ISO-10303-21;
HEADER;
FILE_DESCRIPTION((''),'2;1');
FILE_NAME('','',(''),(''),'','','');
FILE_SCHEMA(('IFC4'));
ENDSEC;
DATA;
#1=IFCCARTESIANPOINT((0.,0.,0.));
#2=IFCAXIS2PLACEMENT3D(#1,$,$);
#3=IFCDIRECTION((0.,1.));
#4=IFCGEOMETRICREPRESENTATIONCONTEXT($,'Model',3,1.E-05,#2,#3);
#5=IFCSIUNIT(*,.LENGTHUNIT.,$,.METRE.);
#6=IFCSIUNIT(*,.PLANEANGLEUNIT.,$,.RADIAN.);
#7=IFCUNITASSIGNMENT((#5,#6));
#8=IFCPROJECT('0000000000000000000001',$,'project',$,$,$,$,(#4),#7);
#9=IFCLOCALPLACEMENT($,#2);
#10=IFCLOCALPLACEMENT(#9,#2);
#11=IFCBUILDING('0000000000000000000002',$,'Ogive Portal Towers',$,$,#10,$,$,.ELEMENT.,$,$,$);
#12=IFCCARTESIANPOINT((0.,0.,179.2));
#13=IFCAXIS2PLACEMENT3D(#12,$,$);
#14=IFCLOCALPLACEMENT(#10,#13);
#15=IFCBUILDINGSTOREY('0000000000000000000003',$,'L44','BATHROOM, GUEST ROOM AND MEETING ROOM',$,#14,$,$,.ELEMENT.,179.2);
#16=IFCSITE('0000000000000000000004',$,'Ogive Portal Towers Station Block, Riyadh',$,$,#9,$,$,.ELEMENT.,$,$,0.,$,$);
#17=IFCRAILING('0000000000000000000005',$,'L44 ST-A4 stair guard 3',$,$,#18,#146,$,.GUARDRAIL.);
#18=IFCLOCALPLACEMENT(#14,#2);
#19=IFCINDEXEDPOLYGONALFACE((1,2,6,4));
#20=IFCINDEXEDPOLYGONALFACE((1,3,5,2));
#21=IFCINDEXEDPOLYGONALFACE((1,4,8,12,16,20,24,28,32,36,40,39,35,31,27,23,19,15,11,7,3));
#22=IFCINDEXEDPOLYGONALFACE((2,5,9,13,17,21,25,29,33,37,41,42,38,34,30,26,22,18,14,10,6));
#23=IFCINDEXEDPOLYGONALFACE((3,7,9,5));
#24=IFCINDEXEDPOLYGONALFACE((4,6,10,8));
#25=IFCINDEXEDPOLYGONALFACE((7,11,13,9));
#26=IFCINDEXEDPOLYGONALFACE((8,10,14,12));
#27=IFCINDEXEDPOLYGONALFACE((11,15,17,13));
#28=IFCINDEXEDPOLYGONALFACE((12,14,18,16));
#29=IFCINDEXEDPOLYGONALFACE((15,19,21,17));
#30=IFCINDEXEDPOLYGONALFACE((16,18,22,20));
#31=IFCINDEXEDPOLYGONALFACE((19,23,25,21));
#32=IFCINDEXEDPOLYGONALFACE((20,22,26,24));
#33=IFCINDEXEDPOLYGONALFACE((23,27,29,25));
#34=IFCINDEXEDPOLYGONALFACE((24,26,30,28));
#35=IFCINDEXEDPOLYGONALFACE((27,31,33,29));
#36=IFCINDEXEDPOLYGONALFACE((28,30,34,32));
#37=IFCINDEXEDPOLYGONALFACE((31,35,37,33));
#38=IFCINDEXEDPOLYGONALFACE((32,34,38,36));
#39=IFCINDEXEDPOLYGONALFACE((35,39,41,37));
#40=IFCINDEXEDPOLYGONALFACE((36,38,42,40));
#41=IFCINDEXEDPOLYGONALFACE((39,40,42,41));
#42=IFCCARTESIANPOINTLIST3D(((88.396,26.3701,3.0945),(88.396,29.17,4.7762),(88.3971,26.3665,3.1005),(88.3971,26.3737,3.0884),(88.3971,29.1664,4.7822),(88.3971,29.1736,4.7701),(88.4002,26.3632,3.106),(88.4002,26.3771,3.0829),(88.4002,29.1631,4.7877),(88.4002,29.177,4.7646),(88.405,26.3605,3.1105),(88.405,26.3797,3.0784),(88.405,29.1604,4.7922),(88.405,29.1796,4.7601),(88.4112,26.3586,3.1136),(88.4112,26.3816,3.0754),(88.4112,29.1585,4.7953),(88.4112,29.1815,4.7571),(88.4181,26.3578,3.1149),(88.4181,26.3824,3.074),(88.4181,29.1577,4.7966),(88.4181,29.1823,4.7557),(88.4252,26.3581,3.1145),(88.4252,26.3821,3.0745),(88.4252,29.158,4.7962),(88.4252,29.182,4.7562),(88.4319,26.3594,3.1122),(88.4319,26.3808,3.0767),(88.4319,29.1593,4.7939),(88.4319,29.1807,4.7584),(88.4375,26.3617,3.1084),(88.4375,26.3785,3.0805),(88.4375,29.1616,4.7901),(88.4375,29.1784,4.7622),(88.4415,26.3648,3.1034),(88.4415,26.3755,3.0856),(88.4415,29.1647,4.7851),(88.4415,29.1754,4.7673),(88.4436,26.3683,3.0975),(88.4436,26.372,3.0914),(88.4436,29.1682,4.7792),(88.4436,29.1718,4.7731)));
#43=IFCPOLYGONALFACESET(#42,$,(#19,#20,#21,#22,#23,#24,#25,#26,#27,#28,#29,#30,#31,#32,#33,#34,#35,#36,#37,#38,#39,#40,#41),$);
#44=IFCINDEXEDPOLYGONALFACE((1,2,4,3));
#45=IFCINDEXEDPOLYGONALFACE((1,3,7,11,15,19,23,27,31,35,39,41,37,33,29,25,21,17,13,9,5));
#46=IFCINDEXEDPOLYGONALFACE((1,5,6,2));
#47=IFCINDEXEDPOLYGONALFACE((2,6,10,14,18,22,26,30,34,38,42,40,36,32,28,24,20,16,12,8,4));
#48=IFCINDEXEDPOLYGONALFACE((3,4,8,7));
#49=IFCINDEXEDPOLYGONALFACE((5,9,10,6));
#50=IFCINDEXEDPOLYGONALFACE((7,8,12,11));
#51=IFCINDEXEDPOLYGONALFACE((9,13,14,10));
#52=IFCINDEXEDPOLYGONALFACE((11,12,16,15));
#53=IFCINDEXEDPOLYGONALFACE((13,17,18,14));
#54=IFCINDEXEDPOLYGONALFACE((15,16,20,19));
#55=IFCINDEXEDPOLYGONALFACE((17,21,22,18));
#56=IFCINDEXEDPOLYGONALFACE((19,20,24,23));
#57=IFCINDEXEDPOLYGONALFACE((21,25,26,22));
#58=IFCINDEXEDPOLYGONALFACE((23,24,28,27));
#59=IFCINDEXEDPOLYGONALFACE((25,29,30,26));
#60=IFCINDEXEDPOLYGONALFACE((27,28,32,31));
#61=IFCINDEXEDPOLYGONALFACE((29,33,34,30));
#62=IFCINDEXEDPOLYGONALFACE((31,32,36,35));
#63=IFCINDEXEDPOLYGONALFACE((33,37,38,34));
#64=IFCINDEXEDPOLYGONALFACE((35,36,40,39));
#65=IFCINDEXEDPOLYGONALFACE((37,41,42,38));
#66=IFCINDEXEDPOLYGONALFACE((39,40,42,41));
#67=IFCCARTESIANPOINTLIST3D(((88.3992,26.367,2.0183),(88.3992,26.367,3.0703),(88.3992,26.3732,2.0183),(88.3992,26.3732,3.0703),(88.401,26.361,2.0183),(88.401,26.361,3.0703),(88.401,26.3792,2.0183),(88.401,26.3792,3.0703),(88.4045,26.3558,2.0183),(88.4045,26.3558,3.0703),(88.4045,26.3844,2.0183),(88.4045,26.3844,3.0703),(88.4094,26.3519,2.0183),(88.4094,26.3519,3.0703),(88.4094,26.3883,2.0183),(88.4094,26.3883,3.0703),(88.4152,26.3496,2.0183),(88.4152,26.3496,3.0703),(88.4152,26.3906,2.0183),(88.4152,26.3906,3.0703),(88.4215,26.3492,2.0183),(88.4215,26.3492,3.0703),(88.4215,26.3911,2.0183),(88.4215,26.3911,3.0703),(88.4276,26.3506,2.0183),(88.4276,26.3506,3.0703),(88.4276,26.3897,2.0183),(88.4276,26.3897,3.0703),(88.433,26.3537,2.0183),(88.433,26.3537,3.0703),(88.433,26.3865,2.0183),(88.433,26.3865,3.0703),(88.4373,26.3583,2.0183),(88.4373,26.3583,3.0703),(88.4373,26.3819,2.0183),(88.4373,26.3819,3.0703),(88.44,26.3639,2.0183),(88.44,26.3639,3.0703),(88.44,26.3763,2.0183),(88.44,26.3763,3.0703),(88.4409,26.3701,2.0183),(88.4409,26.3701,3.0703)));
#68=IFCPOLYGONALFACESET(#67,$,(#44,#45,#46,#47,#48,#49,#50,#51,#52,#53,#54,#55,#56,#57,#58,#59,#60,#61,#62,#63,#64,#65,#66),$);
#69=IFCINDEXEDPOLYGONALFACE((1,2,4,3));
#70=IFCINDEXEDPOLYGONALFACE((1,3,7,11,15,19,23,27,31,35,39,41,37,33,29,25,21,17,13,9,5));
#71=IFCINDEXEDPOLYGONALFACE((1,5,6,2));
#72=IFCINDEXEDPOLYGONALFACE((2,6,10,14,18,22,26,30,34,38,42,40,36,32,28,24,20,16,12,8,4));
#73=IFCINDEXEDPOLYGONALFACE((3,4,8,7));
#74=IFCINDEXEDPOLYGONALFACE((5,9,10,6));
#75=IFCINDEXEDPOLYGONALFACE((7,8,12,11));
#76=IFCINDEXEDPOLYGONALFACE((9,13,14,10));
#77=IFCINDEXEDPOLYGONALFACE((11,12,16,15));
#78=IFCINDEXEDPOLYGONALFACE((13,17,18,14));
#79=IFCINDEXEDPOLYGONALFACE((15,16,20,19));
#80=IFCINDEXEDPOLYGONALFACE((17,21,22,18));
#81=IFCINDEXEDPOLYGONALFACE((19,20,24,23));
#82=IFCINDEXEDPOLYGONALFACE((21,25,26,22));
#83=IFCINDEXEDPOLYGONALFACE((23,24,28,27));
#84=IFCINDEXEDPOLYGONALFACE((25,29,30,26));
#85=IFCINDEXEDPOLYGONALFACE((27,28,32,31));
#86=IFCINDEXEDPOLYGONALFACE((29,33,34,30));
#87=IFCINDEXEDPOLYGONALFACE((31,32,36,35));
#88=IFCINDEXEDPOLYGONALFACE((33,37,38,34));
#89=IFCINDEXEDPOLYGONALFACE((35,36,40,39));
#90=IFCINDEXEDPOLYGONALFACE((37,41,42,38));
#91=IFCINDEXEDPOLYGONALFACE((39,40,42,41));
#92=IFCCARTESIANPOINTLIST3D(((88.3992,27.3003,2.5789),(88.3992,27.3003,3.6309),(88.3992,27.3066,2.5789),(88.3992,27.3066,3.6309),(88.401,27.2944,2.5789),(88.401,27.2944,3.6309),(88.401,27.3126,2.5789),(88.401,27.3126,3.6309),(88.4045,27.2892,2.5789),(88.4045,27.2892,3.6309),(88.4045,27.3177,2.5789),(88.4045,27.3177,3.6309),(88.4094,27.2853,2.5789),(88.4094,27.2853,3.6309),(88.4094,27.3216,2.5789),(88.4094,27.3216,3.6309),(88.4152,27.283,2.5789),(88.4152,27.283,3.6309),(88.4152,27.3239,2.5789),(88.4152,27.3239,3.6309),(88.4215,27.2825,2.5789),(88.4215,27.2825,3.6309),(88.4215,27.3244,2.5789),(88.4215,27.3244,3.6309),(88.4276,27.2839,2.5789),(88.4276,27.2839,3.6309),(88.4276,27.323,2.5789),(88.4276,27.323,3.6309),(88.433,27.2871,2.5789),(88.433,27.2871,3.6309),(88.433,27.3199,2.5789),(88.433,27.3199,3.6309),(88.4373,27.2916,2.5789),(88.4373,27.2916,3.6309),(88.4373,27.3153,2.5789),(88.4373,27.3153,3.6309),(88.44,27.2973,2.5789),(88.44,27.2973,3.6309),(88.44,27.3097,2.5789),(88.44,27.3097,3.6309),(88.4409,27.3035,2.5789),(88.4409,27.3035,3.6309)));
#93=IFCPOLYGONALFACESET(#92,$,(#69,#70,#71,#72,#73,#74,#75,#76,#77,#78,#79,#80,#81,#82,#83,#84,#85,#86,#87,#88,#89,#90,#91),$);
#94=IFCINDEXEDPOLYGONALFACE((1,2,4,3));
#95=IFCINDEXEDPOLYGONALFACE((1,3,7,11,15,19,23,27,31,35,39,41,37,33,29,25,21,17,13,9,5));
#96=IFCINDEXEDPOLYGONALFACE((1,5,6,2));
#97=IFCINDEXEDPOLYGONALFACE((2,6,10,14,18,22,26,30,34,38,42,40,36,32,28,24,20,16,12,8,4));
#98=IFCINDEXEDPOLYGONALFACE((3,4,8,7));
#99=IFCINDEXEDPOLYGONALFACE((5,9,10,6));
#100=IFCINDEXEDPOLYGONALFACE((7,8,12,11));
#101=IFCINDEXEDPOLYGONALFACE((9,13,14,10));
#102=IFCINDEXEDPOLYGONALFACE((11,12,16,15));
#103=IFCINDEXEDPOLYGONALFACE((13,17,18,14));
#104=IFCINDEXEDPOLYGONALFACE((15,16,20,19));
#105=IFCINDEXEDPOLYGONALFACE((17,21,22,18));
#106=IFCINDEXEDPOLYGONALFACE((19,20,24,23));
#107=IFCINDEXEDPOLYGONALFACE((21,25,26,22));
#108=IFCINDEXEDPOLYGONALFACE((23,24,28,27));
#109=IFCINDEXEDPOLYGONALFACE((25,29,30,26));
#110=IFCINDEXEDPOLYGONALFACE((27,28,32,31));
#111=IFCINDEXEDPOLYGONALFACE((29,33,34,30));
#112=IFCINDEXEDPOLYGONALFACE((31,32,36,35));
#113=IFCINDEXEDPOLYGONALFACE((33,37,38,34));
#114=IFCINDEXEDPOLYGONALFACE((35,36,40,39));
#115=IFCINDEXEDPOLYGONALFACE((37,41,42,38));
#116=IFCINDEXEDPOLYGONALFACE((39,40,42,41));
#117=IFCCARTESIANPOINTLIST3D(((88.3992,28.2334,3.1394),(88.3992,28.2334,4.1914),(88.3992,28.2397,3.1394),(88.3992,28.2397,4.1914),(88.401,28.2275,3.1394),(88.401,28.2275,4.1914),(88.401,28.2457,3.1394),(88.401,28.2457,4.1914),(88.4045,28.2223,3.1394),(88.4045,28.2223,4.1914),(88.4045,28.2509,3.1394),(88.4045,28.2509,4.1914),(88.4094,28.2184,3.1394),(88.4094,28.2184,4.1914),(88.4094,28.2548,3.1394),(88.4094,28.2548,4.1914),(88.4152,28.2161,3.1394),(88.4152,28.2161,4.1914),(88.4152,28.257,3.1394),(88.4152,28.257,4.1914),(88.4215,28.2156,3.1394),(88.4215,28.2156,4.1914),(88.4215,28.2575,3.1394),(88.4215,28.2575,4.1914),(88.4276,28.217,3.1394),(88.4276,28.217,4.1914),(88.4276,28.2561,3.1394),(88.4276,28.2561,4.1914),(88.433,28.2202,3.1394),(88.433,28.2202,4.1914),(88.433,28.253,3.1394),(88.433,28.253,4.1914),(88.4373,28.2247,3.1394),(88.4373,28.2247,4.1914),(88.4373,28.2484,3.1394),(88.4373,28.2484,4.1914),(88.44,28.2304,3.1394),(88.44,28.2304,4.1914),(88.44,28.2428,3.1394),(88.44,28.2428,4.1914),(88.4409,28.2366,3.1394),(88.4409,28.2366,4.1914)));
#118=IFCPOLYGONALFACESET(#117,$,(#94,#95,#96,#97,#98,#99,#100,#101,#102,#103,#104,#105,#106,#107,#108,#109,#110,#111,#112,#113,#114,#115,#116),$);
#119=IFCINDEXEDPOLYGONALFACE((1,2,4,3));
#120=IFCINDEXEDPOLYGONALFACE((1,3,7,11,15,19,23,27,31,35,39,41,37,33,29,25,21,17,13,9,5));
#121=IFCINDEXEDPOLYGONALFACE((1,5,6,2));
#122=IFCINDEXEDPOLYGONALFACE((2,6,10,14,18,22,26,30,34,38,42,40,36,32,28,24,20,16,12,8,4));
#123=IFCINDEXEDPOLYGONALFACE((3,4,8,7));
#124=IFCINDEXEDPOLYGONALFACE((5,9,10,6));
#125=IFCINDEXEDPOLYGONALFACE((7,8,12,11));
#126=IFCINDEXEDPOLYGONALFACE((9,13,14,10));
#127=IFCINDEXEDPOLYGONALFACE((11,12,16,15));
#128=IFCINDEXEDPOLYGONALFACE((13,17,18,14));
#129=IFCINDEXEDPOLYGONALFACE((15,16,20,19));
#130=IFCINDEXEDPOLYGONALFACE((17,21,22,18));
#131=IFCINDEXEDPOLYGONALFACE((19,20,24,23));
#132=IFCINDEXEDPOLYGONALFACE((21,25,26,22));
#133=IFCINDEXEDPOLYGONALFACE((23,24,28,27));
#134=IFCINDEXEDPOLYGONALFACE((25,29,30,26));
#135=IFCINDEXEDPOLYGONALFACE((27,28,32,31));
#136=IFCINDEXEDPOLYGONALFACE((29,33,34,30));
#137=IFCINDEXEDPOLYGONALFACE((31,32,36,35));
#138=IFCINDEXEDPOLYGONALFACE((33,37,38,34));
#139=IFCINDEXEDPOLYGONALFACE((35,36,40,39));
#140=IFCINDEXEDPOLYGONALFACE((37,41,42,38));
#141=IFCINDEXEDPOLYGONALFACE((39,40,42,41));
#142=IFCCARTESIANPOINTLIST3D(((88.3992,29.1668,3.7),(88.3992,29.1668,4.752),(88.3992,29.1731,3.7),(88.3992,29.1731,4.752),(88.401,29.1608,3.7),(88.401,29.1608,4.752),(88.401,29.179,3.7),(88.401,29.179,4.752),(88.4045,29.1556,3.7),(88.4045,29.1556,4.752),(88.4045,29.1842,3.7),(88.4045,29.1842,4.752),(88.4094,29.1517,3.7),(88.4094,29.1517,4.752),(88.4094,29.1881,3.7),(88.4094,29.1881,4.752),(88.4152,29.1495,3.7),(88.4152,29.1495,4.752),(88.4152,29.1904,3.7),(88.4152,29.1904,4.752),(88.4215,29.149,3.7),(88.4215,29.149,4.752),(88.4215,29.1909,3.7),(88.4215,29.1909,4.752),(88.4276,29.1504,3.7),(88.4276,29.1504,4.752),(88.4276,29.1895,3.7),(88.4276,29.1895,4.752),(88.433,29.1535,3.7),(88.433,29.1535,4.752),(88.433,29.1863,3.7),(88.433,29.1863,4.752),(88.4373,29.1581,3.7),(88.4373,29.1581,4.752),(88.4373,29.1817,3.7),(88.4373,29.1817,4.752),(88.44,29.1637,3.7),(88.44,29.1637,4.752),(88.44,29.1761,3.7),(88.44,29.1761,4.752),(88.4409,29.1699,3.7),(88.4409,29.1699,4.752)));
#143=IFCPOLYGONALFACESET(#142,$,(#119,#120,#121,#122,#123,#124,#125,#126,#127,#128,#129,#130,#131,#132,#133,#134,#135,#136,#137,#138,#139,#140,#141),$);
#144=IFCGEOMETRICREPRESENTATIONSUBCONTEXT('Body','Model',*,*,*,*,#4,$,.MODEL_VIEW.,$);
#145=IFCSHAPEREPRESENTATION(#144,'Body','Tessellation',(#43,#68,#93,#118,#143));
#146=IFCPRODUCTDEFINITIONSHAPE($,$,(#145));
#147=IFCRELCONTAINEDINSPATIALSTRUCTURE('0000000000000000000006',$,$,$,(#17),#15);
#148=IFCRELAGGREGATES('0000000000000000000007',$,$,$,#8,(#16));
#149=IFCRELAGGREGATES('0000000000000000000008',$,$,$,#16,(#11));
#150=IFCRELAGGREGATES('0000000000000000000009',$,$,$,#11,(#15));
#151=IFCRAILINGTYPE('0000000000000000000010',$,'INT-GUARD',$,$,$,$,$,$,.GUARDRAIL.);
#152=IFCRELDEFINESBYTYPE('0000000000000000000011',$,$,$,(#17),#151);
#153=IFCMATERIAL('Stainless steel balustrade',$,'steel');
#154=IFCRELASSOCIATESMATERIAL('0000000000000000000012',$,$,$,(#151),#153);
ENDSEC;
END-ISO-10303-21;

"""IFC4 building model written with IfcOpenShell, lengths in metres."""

from ifc_helpers import new_model, si_unit, direction, frame, origin, origin_2d, place, context, subcontext, project, spatial, circle, extrude, material, type_object, element, save


model = new_model("IFC4")

# Units and contexts
model_context = context("Model", 3, precision=1e-05, world=origin(), true_north=direction((0.0, 1.0)))
body_context = subcontext(model_context, "Body", "Model", "MODEL_VIEW")
ifc_project = project(units=[si_unit("LENGTHUNIT", "METRE"), si_unit("PLANEANGLEUNIT", "RADIAN")], contexts=[model_context])

# Site, building, storey
site_placement = place(None, origin())
site = spatial("IfcSite", under=ifc_project, at=site_placement, Name="Ogive Portal Towers Station Block, Riyadh", CompositionType="ELEMENT", RefElevation=0.0)
building_placement = place(site_placement, origin())
building = spatial("IfcBuilding", under=site, at=building_placement, Name="Ogive Portal Towers", CompositionType="ELEMENT")
storey_placement = place(building_placement, frame((0.0, 0.0, 179.2)))
storey = spatial("IfcBuildingStorey", under=building, at=storey_placement, Name="L44", Description="BATHROOM, GUEST ROOM AND MEETING ROOM", CompositionType="ELEMENT", Elevation=179.2)

# Railing
ifc_material_1 = material(Name="Stainless steel balustrade", Category="steel")
railing_type_1 = type_object("IfcRailingType", Name="INT-GUARD", PredefinedType="GUARDRAIL", material=ifc_material_1)
railing_1_placement = place(storey_placement, frame((88.4199, 26.3701, 2.0183)))
element("IfcRailing", 1, at=railing_1_placement, inside=storey, type_object=railing_type_1, Name="L44 ST-A4 stair guard 3", PredefinedType="GUARDRAIL", context=body_context, shape_type="SweptSolid", body=[
    extrude(circle(Radius=0.0239, at=origin_2d()), frame((0.0, 0.0, 1.0762), z_axis=(0.0, 0.857255, 0.514891), x_axis=(-1.0, 0.0, 0.0)), (0.0, 0.0, 1.0), 3.2661),
    extrude(circle(Radius=0.021, at=origin_2d()), origin(), (0.0, 0.0, 1.0), 1.052),
    extrude(circle(Radius=0.021, at=origin_2d()), frame((0.0, 0.9333, 0.5605)), (0.0, 0.0, 1.0), 1.052),
    extrude(circle(Radius=0.021, at=origin_2d()), frame((0.0, 1.8665, 1.1211)), (0.0, 0.0, 1.0), 1.052),
    extrude(circle(Radius=0.021, at=origin_2d()), frame((0.0, 2.7998, 1.6816)), (0.0, 0.0, 1.0), 1.052),
])

save(model, "model.ifc")
